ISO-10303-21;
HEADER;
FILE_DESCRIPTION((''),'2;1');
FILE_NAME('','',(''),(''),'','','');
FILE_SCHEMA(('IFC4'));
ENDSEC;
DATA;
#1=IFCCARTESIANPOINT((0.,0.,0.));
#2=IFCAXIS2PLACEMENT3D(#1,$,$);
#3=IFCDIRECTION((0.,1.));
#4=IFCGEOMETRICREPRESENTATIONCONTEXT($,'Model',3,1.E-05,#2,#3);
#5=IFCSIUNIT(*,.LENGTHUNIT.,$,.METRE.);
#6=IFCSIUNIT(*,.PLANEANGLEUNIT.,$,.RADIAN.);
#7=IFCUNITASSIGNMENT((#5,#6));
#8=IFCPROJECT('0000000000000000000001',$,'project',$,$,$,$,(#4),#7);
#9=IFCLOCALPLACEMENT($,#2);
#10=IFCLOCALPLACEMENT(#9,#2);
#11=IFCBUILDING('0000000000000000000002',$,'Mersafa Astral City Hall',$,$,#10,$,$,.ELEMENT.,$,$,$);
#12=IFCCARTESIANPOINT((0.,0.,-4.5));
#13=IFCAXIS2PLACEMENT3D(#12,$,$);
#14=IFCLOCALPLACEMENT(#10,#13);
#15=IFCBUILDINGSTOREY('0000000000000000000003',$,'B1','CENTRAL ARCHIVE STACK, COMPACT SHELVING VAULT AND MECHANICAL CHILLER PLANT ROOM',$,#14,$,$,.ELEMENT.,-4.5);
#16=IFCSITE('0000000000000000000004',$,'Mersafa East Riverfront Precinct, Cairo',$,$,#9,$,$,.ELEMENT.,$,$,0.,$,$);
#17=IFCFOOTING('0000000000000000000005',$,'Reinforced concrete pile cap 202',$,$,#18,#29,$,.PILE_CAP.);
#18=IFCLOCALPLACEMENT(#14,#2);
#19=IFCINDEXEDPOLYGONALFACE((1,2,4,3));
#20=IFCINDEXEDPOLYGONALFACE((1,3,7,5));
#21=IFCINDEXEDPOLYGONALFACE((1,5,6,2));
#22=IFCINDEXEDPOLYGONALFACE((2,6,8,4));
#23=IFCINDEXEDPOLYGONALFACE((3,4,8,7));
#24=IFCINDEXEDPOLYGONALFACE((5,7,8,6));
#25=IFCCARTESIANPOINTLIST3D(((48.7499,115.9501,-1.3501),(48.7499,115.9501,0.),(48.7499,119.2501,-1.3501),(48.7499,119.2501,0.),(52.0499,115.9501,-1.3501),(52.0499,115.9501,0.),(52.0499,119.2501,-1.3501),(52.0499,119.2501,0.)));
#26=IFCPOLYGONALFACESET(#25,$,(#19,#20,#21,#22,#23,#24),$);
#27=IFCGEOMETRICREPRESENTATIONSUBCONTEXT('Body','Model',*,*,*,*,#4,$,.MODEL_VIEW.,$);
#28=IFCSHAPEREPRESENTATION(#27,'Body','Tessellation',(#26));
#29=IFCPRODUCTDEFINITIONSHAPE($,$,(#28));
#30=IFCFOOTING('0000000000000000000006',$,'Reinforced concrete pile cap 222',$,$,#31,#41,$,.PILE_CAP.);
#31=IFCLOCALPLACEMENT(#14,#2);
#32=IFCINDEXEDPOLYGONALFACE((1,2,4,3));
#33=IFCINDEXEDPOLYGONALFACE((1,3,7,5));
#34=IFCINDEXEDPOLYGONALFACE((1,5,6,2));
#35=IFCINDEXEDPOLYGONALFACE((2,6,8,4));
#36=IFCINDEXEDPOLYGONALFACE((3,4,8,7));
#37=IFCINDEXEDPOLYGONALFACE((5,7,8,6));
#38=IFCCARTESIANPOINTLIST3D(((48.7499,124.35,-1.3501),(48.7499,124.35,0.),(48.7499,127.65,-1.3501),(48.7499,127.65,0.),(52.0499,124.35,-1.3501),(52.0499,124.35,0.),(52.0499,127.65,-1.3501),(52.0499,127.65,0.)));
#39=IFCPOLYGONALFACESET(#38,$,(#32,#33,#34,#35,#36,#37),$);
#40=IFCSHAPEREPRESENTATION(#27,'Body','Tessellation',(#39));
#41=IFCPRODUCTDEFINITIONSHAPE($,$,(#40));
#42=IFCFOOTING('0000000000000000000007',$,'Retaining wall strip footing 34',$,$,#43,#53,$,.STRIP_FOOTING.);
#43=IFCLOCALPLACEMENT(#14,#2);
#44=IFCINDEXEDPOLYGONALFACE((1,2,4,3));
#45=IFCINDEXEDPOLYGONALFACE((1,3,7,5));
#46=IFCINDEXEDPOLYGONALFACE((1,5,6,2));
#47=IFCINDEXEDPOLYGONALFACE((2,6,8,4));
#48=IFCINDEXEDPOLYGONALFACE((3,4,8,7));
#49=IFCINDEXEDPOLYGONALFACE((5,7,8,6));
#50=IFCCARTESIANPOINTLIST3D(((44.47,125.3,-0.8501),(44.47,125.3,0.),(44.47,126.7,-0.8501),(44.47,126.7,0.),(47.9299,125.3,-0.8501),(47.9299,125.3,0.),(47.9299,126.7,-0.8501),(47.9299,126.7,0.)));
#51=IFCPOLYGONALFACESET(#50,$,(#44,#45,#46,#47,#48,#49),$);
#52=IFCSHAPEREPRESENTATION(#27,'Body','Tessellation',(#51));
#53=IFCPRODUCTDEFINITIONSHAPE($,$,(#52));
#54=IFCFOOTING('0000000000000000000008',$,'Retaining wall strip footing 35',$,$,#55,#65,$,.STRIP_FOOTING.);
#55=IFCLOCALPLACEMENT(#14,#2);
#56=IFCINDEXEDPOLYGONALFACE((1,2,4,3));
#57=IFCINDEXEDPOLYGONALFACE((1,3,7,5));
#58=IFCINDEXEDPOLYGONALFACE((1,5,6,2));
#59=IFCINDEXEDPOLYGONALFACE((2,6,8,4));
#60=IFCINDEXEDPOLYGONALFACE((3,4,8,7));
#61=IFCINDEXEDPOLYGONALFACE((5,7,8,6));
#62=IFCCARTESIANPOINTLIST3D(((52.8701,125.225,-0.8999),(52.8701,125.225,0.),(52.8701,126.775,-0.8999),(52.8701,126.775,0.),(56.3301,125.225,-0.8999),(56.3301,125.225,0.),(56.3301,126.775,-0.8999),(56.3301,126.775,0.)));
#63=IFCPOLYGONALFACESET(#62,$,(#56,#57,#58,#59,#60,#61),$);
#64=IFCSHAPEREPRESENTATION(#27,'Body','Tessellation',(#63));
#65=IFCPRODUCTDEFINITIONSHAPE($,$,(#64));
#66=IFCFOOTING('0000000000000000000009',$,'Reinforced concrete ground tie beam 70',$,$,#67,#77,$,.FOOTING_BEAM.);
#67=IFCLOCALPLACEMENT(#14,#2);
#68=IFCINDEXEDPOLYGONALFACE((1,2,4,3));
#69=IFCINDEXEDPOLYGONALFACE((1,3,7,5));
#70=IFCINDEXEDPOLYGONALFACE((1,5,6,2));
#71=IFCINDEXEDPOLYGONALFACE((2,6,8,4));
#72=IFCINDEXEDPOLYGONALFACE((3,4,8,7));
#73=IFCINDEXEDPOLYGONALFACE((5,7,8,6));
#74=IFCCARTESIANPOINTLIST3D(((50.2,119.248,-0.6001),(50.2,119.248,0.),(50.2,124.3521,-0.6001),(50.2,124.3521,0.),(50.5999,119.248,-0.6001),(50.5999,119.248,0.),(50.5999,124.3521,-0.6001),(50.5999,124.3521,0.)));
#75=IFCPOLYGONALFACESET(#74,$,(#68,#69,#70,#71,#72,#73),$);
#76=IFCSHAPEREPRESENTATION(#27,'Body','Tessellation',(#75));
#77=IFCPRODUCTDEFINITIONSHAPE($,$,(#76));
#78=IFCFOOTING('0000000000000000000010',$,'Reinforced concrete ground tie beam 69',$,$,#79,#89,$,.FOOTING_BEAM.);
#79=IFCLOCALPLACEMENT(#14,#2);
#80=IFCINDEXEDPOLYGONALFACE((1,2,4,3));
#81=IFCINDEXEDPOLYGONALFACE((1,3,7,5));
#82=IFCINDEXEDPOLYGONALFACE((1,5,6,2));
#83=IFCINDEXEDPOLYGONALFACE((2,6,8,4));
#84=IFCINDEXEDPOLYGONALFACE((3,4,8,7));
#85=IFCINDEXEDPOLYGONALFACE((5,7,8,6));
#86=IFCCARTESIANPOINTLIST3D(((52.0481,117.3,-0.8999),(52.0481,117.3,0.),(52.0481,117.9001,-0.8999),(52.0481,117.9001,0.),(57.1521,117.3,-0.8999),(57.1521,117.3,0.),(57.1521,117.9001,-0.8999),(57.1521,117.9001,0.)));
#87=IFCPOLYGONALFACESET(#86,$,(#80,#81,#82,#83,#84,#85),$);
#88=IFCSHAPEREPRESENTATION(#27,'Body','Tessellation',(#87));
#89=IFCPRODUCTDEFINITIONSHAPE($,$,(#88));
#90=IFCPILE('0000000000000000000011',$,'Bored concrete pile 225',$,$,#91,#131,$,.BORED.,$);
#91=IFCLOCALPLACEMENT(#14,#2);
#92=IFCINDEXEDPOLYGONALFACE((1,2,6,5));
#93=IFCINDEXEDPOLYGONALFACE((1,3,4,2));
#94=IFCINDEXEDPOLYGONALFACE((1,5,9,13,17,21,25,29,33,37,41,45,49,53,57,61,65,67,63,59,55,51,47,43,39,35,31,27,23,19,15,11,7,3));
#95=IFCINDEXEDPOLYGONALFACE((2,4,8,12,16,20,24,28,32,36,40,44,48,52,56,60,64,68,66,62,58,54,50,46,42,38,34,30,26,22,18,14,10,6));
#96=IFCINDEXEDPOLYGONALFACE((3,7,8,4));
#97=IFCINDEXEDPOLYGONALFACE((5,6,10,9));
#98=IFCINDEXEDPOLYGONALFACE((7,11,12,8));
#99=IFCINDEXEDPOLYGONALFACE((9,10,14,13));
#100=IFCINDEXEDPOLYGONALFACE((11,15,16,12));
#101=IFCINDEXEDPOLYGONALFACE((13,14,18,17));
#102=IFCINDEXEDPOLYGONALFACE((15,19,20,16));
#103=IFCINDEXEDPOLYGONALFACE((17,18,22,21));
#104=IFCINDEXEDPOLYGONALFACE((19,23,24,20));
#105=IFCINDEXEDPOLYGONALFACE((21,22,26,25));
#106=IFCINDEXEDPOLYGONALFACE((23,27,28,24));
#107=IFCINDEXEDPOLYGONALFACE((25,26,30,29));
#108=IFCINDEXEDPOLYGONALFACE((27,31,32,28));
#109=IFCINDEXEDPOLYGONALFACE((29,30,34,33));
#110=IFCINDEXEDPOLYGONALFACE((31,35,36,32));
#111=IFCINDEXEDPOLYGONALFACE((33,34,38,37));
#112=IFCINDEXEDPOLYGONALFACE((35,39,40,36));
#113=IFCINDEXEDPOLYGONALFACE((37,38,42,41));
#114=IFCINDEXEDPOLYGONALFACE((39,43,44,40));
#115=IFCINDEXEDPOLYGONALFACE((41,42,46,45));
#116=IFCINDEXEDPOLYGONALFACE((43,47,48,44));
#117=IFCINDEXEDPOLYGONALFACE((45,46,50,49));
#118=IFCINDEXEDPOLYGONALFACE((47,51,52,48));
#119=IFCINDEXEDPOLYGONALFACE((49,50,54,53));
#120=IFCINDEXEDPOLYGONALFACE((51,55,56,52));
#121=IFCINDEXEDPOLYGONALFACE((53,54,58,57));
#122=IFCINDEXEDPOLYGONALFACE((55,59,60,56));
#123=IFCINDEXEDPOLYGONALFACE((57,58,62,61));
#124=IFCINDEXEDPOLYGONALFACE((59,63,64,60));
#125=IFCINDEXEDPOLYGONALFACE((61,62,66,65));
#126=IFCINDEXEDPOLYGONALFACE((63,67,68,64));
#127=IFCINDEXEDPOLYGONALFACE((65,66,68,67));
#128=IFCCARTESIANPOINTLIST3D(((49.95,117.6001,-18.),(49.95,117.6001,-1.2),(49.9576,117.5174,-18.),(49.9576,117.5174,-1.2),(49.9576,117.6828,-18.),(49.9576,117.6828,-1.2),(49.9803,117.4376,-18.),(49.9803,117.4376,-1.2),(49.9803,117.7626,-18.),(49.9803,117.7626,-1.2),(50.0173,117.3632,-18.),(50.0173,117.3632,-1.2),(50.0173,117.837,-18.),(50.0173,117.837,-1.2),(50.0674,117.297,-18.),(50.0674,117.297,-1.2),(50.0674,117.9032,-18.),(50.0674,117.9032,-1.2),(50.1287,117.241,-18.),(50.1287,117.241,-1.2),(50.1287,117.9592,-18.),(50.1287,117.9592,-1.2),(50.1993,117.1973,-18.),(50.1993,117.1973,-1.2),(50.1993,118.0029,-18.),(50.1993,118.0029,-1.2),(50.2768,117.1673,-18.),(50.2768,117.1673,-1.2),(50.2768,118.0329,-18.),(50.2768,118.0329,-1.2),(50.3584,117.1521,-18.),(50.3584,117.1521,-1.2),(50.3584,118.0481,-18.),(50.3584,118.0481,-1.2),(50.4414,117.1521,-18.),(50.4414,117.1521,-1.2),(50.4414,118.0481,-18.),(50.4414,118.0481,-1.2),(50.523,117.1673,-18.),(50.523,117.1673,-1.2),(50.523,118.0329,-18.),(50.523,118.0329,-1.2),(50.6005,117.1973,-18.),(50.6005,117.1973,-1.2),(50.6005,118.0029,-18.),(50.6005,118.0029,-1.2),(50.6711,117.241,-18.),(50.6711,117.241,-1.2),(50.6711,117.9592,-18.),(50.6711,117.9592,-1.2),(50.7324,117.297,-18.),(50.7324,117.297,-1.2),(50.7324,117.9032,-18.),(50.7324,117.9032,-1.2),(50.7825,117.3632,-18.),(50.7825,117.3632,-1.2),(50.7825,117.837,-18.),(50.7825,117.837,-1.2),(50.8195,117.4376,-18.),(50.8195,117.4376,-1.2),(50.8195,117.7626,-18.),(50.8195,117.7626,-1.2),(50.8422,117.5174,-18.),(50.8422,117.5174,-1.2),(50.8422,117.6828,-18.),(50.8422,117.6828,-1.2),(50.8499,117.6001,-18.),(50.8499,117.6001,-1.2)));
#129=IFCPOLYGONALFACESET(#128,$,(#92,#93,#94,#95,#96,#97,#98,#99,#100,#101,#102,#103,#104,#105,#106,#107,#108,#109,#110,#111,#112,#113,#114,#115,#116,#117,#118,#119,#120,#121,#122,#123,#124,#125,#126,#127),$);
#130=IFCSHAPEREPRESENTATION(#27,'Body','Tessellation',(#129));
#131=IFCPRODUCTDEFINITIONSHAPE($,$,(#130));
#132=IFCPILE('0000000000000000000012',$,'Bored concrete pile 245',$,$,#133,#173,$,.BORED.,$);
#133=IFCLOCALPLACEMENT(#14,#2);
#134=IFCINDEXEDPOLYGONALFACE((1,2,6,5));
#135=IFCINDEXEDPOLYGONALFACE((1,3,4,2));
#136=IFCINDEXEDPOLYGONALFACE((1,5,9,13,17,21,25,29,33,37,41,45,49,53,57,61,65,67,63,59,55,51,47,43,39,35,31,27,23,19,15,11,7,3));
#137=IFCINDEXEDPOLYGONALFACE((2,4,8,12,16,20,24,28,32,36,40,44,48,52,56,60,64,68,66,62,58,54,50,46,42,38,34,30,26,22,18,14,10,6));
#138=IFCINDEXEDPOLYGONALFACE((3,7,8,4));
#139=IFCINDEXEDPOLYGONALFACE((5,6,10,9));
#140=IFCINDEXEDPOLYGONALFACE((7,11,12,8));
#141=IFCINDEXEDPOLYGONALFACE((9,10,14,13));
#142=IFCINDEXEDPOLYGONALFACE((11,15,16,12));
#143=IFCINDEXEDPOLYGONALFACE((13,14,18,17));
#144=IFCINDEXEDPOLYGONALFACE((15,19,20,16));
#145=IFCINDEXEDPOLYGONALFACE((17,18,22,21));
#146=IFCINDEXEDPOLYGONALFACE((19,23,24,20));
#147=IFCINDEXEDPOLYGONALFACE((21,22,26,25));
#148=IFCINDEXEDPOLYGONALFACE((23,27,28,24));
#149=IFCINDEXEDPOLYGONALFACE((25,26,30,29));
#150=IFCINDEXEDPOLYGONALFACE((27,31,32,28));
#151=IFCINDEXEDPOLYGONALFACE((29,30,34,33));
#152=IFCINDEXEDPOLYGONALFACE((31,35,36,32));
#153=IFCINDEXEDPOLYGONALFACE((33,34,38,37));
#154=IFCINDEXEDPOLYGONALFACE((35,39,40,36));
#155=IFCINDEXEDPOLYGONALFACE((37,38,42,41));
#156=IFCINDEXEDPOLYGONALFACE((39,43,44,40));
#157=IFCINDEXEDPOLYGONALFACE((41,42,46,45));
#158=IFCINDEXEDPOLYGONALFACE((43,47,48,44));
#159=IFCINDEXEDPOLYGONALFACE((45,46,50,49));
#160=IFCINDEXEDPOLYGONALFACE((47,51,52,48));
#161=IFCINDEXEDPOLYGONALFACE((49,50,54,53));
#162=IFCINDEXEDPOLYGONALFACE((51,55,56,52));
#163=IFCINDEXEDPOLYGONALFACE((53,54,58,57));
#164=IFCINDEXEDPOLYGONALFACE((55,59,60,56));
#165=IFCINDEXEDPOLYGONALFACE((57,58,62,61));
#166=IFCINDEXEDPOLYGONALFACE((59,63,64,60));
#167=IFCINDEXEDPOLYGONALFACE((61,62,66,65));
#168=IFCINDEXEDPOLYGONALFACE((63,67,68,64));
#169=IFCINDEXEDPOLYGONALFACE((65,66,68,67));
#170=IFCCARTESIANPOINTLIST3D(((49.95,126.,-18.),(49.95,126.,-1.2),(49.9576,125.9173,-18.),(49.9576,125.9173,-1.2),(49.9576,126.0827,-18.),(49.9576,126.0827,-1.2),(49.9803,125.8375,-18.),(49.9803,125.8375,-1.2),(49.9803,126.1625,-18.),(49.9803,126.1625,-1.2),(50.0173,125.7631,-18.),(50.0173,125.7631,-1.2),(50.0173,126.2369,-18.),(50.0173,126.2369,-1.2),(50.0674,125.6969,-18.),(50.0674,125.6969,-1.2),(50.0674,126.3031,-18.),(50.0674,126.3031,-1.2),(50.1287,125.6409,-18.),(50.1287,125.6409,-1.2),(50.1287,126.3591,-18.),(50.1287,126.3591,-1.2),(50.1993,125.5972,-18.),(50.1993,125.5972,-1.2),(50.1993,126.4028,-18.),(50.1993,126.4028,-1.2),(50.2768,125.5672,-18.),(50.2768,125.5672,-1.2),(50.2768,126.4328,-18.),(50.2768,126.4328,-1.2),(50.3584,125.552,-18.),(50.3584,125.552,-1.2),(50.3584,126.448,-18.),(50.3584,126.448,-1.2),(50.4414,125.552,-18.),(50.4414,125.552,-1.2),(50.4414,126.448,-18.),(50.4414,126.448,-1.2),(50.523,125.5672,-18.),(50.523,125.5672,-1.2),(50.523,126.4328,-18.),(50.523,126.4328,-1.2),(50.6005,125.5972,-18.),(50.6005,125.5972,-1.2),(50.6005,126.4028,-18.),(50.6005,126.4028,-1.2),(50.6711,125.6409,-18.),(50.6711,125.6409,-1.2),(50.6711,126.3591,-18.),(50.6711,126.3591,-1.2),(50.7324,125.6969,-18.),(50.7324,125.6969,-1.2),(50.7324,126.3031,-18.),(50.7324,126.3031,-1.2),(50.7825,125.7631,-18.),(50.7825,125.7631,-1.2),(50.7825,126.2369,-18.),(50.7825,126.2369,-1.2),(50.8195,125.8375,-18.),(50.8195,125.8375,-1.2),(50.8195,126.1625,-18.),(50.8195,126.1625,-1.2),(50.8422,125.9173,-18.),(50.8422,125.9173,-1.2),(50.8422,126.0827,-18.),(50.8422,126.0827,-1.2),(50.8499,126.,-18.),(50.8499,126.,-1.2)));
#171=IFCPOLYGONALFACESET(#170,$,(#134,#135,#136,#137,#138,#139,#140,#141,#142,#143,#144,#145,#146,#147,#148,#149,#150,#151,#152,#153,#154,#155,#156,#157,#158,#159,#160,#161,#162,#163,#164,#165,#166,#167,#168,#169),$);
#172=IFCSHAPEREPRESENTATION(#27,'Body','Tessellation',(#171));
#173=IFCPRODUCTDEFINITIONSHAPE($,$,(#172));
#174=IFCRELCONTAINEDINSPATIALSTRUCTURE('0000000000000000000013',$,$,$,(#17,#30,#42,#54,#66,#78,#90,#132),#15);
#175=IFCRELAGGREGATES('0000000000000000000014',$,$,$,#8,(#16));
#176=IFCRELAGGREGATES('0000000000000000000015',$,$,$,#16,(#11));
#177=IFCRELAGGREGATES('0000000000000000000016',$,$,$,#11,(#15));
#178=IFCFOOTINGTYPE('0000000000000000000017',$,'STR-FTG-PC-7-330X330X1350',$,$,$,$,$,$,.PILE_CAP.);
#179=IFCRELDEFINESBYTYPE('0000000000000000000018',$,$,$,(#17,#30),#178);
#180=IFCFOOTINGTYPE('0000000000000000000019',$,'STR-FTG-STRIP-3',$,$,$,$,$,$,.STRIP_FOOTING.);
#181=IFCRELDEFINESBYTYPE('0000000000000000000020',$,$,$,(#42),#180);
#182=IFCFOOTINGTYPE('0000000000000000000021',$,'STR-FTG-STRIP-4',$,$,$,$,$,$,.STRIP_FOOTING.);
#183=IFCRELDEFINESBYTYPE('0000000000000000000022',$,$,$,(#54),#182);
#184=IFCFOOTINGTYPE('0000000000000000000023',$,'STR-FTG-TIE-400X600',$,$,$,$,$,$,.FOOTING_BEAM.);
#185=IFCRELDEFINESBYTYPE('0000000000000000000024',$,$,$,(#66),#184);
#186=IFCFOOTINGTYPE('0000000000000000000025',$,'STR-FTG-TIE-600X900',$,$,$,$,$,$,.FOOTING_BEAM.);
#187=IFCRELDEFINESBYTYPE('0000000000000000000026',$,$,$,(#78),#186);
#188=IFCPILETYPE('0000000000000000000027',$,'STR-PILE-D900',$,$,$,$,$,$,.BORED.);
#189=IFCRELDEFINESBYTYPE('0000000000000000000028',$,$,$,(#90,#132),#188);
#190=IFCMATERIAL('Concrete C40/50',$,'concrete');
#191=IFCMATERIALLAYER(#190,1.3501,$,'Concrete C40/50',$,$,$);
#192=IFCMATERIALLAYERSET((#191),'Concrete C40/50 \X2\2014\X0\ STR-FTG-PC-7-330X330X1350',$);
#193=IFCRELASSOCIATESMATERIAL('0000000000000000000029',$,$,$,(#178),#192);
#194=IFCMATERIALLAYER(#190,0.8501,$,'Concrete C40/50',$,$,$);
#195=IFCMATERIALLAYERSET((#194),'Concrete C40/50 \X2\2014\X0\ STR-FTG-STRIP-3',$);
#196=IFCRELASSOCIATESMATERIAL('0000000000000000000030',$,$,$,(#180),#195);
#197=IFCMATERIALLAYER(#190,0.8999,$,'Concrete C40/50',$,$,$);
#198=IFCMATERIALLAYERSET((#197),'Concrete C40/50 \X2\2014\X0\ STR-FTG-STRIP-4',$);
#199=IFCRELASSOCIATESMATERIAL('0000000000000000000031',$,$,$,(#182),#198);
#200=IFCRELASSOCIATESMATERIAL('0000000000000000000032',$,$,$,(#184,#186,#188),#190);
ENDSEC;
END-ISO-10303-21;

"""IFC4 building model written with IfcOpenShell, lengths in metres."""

from ifc_helpers import new_model, si_unit, direction, frame, origin, origin_2d, place, context, subcontext, project, spatial, rectangle, circle, extrude, material, layer, layer_set, material_profile, profile_set, type_object, element, save


model = new_model("IFC4")

# Units and contexts
model_context = context("Model", 3, precision=1e-05, world=origin(), true_north=direction((0.0, 1.0)))
body_context = subcontext(model_context, "Body", "Model", "MODEL_VIEW")
ifc_project = project(units=[si_unit("LENGTHUNIT", "METRE"), si_unit("PLANEANGLEUNIT", "RADIAN")], contexts=[model_context])

# Site, building, storey
site_placement = place(None, origin())
site = spatial("IfcSite", under=ifc_project, at=site_placement, Name="Mersafa East Riverfront Precinct, Cairo", CompositionType="ELEMENT", RefElevation=0.0)
building_placement = place(site_placement, origin())
building = spatial("IfcBuilding", under=site, at=building_placement, Name="Mersafa Astral City Hall", CompositionType="ELEMENT")
storey_placement = place(building_placement, frame((0.0, 0.0, -4.5)))
storey = spatial("IfcBuildingStorey", under=building, at=storey_placement, Name="B1", Description="CENTRAL ARCHIVE STACK, COMPACT SHELVING VAULT AND MECHANICAL CHILLER PLANT ROOM", CompositionType="ELEMENT", Elevation=-4.5)

# Footings
ifc_material_1 = material(Name="Concrete C40/50", Category="concrete")
ifc_layer_1 = layer(ifc_material_1, 1.3501, Name="Concrete C40/50")
ifc_layer_set_1 = layer_set([ifc_layer_1], Name="Concrete C40/50 — STR-FTG-PC-7-330X330X1350")
footing_type_1 = type_object("IfcFootingType", Name="STR-FTG-PC-7-330X330X1350", PredefinedType="PILE_CAP", material=ifc_layer_set_1)
for number, where, z_axis, x_axis, name in (
    (1, (50.3999, 117.6001, -1.3501), (0.0, 0.0, 1.0), (1.0, 0.0, 0.0), "Reinforced concrete pile cap 202"),
    (2, (50.3999, 126.0, -1.3501), (0.0, 0.0, 1.0), (1.0, 0.0, 0.0), "Reinforced concrete pile cap 222"),
):
    element("IfcFooting", number, at=place(storey_placement, frame(where, z_axis=z_axis, x_axis=x_axis)), inside=storey, type_object=footing_type_1, Name=name, PredefinedType="PILE_CAP", context=body_context, shape_type="SweptSolid", body=[
        extrude(rectangle(XDim=3.3, YDim=3.3, at=origin_2d()), origin(), (0.0, 0.0, 1.0), 1.3501),
    ])
ifc_layer_2 = layer(ifc_material_1, 0.8501, Name="Concrete C40/50")
ifc_layer_set_2 = layer_set([ifc_layer_2], Name="Concrete C40/50 — STR-FTG-STRIP-3")
footing_type_2 = type_object("IfcFootingType", Name="STR-FTG-STRIP-3", PredefinedType="STRIP_FOOTING", material=ifc_layer_set_2)
footing_1_placement = place(storey_placement, frame((46.2, 126.0, -0.8501), z_axis=(0.0, 0.0, 1.0), x_axis=(1.0, 0.0, 0.0)))
element("IfcFooting", 3, at=footing_1_placement, inside=storey, type_object=footing_type_2, Name="Retaining wall strip footing 34", PredefinedType="STRIP_FOOTING", context=body_context, shape_type="SweptSolid", body=[
    extrude(rectangle(XDim=3.46, YDim=1.3999, at=origin_2d()), origin(), (0.0, 0.0, 1.0), 0.8501),
])
ifc_layer_3 = layer(ifc_material_1, 0.8999, Name="Concrete C40/50")
ifc_layer_set_3 = layer_set([ifc_layer_3], Name="Concrete C40/50 — STR-FTG-STRIP-4")
footing_type_3 = type_object("IfcFootingType", Name="STR-FTG-STRIP-4", PredefinedType="STRIP_FOOTING", material=ifc_layer_set_3)
footing_2_placement = place(storey_placement, frame((54.6001, 126.0, -0.8999), z_axis=(0.0, 0.0, 1.0), x_axis=(1.0, 0.0, 0.0)))
element("IfcFooting", 4, at=footing_2_placement, inside=storey, type_object=footing_type_3, Name="Retaining wall strip footing 35", PredefinedType="STRIP_FOOTING", context=body_context, shape_type="SweptSolid", body=[
    extrude(rectangle(XDim=3.46, YDim=1.55, at=origin_2d()), origin(), (0.0, 0.0, 1.0), 0.8999),
])
ifc_material_profile_1 = material_profile(ifc_material_1, rectangle(XDim=0.3999, YDim=0.6001, at=origin_2d()), Name="RC 400x600")
ifc_profile_set_1 = profile_set([ifc_material_profile_1], Name="Concrete C40/50")
footing_type_4 = type_object("IfcFootingType", Name="STR-FTG-TIE-400X600", PredefinedType="FOOTING_BEAM", material=ifc_profile_set_1)
footing_3_placement = place(storey_placement, frame((50.3999, 119.248, -0.3), z_axis=(0.0, 1.0, 0.0), x_axis=(-1.0, 0.0, 0.0)))
element("IfcFooting", 5, at=footing_3_placement, inside=storey, type_object=footing_type_4, Name="Reinforced concrete ground tie beam 70", PredefinedType="FOOTING_BEAM", context=body_context, shape_type="SweptSolid", body=[
    extrude(rectangle(XDim=0.3999, YDim=0.6001, at=origin_2d()), origin(), (0.0, 0.0, 1.0), 5.104),
])
ifc_material_profile_2 = material_profile(ifc_material_1, rectangle(XDim=0.6001, YDim=0.8999, at=origin_2d()), Name="RC 600x900")
ifc_profile_set_2 = profile_set([ifc_material_profile_2], Name="Concrete C40/50")
footing_type_5 = type_object("IfcFootingType", Name="STR-FTG-TIE-600X900", PredefinedType="FOOTING_BEAM", material=ifc_profile_set_2)
footing_4_placement = place(storey_placement, frame((52.0481, 117.6001, -0.45), z_axis=(1.0, 0.0, 0.0), x_axis=(0.0, 1.0, 0.0)))
element("IfcFooting", 6, at=footing_4_placement, inside=storey, type_object=footing_type_5, Name="Reinforced concrete ground tie beam 69", PredefinedType="FOOTING_BEAM", context=body_context, shape_type="SweptSolid", body=[
    extrude(rectangle(XDim=0.6001, YDim=0.8999, at=origin_2d()), origin(), (0.0, 0.0, 1.0), 5.104),
])

# Piles
ifc_material_profile_3 = material_profile(ifc_material_1, circle(Radius=0.45, at=origin_2d()), Name="PILE D900")
ifc_profile_set_3 = profile_set([ifc_material_profile_3], Name="Concrete C40/50")
pile_type = type_object("IfcPileType", Name="STR-PILE-D900", PredefinedType="BORED", material=ifc_profile_set_3)
for number, where, z_axis, x_axis, name in (
    (7, (50.3999, 117.6001, -1.2), (0.0, 0.0, -1.0), (1.0, 0.0, 0.0), "Bored concrete pile 225"),
    (8, (50.3999, 126.0, -1.2), (0.0, 0.0, -1.0), (1.0, 0.0, 0.0), "Bored concrete pile 245"),
):
    element("IfcPile", number, at=place(storey_placement, frame(where, z_axis=z_axis, x_axis=x_axis)), inside=storey, type_object=pile_type, Name=name, PredefinedType="BORED", context=body_context, shape_type="SweptSolid", body=[
        extrude(circle(Radius=0.45, at=origin_2d()), origin(), (0.0, 0.0, 1.0), 16.8),
    ])

save(model, "model.ifc")
